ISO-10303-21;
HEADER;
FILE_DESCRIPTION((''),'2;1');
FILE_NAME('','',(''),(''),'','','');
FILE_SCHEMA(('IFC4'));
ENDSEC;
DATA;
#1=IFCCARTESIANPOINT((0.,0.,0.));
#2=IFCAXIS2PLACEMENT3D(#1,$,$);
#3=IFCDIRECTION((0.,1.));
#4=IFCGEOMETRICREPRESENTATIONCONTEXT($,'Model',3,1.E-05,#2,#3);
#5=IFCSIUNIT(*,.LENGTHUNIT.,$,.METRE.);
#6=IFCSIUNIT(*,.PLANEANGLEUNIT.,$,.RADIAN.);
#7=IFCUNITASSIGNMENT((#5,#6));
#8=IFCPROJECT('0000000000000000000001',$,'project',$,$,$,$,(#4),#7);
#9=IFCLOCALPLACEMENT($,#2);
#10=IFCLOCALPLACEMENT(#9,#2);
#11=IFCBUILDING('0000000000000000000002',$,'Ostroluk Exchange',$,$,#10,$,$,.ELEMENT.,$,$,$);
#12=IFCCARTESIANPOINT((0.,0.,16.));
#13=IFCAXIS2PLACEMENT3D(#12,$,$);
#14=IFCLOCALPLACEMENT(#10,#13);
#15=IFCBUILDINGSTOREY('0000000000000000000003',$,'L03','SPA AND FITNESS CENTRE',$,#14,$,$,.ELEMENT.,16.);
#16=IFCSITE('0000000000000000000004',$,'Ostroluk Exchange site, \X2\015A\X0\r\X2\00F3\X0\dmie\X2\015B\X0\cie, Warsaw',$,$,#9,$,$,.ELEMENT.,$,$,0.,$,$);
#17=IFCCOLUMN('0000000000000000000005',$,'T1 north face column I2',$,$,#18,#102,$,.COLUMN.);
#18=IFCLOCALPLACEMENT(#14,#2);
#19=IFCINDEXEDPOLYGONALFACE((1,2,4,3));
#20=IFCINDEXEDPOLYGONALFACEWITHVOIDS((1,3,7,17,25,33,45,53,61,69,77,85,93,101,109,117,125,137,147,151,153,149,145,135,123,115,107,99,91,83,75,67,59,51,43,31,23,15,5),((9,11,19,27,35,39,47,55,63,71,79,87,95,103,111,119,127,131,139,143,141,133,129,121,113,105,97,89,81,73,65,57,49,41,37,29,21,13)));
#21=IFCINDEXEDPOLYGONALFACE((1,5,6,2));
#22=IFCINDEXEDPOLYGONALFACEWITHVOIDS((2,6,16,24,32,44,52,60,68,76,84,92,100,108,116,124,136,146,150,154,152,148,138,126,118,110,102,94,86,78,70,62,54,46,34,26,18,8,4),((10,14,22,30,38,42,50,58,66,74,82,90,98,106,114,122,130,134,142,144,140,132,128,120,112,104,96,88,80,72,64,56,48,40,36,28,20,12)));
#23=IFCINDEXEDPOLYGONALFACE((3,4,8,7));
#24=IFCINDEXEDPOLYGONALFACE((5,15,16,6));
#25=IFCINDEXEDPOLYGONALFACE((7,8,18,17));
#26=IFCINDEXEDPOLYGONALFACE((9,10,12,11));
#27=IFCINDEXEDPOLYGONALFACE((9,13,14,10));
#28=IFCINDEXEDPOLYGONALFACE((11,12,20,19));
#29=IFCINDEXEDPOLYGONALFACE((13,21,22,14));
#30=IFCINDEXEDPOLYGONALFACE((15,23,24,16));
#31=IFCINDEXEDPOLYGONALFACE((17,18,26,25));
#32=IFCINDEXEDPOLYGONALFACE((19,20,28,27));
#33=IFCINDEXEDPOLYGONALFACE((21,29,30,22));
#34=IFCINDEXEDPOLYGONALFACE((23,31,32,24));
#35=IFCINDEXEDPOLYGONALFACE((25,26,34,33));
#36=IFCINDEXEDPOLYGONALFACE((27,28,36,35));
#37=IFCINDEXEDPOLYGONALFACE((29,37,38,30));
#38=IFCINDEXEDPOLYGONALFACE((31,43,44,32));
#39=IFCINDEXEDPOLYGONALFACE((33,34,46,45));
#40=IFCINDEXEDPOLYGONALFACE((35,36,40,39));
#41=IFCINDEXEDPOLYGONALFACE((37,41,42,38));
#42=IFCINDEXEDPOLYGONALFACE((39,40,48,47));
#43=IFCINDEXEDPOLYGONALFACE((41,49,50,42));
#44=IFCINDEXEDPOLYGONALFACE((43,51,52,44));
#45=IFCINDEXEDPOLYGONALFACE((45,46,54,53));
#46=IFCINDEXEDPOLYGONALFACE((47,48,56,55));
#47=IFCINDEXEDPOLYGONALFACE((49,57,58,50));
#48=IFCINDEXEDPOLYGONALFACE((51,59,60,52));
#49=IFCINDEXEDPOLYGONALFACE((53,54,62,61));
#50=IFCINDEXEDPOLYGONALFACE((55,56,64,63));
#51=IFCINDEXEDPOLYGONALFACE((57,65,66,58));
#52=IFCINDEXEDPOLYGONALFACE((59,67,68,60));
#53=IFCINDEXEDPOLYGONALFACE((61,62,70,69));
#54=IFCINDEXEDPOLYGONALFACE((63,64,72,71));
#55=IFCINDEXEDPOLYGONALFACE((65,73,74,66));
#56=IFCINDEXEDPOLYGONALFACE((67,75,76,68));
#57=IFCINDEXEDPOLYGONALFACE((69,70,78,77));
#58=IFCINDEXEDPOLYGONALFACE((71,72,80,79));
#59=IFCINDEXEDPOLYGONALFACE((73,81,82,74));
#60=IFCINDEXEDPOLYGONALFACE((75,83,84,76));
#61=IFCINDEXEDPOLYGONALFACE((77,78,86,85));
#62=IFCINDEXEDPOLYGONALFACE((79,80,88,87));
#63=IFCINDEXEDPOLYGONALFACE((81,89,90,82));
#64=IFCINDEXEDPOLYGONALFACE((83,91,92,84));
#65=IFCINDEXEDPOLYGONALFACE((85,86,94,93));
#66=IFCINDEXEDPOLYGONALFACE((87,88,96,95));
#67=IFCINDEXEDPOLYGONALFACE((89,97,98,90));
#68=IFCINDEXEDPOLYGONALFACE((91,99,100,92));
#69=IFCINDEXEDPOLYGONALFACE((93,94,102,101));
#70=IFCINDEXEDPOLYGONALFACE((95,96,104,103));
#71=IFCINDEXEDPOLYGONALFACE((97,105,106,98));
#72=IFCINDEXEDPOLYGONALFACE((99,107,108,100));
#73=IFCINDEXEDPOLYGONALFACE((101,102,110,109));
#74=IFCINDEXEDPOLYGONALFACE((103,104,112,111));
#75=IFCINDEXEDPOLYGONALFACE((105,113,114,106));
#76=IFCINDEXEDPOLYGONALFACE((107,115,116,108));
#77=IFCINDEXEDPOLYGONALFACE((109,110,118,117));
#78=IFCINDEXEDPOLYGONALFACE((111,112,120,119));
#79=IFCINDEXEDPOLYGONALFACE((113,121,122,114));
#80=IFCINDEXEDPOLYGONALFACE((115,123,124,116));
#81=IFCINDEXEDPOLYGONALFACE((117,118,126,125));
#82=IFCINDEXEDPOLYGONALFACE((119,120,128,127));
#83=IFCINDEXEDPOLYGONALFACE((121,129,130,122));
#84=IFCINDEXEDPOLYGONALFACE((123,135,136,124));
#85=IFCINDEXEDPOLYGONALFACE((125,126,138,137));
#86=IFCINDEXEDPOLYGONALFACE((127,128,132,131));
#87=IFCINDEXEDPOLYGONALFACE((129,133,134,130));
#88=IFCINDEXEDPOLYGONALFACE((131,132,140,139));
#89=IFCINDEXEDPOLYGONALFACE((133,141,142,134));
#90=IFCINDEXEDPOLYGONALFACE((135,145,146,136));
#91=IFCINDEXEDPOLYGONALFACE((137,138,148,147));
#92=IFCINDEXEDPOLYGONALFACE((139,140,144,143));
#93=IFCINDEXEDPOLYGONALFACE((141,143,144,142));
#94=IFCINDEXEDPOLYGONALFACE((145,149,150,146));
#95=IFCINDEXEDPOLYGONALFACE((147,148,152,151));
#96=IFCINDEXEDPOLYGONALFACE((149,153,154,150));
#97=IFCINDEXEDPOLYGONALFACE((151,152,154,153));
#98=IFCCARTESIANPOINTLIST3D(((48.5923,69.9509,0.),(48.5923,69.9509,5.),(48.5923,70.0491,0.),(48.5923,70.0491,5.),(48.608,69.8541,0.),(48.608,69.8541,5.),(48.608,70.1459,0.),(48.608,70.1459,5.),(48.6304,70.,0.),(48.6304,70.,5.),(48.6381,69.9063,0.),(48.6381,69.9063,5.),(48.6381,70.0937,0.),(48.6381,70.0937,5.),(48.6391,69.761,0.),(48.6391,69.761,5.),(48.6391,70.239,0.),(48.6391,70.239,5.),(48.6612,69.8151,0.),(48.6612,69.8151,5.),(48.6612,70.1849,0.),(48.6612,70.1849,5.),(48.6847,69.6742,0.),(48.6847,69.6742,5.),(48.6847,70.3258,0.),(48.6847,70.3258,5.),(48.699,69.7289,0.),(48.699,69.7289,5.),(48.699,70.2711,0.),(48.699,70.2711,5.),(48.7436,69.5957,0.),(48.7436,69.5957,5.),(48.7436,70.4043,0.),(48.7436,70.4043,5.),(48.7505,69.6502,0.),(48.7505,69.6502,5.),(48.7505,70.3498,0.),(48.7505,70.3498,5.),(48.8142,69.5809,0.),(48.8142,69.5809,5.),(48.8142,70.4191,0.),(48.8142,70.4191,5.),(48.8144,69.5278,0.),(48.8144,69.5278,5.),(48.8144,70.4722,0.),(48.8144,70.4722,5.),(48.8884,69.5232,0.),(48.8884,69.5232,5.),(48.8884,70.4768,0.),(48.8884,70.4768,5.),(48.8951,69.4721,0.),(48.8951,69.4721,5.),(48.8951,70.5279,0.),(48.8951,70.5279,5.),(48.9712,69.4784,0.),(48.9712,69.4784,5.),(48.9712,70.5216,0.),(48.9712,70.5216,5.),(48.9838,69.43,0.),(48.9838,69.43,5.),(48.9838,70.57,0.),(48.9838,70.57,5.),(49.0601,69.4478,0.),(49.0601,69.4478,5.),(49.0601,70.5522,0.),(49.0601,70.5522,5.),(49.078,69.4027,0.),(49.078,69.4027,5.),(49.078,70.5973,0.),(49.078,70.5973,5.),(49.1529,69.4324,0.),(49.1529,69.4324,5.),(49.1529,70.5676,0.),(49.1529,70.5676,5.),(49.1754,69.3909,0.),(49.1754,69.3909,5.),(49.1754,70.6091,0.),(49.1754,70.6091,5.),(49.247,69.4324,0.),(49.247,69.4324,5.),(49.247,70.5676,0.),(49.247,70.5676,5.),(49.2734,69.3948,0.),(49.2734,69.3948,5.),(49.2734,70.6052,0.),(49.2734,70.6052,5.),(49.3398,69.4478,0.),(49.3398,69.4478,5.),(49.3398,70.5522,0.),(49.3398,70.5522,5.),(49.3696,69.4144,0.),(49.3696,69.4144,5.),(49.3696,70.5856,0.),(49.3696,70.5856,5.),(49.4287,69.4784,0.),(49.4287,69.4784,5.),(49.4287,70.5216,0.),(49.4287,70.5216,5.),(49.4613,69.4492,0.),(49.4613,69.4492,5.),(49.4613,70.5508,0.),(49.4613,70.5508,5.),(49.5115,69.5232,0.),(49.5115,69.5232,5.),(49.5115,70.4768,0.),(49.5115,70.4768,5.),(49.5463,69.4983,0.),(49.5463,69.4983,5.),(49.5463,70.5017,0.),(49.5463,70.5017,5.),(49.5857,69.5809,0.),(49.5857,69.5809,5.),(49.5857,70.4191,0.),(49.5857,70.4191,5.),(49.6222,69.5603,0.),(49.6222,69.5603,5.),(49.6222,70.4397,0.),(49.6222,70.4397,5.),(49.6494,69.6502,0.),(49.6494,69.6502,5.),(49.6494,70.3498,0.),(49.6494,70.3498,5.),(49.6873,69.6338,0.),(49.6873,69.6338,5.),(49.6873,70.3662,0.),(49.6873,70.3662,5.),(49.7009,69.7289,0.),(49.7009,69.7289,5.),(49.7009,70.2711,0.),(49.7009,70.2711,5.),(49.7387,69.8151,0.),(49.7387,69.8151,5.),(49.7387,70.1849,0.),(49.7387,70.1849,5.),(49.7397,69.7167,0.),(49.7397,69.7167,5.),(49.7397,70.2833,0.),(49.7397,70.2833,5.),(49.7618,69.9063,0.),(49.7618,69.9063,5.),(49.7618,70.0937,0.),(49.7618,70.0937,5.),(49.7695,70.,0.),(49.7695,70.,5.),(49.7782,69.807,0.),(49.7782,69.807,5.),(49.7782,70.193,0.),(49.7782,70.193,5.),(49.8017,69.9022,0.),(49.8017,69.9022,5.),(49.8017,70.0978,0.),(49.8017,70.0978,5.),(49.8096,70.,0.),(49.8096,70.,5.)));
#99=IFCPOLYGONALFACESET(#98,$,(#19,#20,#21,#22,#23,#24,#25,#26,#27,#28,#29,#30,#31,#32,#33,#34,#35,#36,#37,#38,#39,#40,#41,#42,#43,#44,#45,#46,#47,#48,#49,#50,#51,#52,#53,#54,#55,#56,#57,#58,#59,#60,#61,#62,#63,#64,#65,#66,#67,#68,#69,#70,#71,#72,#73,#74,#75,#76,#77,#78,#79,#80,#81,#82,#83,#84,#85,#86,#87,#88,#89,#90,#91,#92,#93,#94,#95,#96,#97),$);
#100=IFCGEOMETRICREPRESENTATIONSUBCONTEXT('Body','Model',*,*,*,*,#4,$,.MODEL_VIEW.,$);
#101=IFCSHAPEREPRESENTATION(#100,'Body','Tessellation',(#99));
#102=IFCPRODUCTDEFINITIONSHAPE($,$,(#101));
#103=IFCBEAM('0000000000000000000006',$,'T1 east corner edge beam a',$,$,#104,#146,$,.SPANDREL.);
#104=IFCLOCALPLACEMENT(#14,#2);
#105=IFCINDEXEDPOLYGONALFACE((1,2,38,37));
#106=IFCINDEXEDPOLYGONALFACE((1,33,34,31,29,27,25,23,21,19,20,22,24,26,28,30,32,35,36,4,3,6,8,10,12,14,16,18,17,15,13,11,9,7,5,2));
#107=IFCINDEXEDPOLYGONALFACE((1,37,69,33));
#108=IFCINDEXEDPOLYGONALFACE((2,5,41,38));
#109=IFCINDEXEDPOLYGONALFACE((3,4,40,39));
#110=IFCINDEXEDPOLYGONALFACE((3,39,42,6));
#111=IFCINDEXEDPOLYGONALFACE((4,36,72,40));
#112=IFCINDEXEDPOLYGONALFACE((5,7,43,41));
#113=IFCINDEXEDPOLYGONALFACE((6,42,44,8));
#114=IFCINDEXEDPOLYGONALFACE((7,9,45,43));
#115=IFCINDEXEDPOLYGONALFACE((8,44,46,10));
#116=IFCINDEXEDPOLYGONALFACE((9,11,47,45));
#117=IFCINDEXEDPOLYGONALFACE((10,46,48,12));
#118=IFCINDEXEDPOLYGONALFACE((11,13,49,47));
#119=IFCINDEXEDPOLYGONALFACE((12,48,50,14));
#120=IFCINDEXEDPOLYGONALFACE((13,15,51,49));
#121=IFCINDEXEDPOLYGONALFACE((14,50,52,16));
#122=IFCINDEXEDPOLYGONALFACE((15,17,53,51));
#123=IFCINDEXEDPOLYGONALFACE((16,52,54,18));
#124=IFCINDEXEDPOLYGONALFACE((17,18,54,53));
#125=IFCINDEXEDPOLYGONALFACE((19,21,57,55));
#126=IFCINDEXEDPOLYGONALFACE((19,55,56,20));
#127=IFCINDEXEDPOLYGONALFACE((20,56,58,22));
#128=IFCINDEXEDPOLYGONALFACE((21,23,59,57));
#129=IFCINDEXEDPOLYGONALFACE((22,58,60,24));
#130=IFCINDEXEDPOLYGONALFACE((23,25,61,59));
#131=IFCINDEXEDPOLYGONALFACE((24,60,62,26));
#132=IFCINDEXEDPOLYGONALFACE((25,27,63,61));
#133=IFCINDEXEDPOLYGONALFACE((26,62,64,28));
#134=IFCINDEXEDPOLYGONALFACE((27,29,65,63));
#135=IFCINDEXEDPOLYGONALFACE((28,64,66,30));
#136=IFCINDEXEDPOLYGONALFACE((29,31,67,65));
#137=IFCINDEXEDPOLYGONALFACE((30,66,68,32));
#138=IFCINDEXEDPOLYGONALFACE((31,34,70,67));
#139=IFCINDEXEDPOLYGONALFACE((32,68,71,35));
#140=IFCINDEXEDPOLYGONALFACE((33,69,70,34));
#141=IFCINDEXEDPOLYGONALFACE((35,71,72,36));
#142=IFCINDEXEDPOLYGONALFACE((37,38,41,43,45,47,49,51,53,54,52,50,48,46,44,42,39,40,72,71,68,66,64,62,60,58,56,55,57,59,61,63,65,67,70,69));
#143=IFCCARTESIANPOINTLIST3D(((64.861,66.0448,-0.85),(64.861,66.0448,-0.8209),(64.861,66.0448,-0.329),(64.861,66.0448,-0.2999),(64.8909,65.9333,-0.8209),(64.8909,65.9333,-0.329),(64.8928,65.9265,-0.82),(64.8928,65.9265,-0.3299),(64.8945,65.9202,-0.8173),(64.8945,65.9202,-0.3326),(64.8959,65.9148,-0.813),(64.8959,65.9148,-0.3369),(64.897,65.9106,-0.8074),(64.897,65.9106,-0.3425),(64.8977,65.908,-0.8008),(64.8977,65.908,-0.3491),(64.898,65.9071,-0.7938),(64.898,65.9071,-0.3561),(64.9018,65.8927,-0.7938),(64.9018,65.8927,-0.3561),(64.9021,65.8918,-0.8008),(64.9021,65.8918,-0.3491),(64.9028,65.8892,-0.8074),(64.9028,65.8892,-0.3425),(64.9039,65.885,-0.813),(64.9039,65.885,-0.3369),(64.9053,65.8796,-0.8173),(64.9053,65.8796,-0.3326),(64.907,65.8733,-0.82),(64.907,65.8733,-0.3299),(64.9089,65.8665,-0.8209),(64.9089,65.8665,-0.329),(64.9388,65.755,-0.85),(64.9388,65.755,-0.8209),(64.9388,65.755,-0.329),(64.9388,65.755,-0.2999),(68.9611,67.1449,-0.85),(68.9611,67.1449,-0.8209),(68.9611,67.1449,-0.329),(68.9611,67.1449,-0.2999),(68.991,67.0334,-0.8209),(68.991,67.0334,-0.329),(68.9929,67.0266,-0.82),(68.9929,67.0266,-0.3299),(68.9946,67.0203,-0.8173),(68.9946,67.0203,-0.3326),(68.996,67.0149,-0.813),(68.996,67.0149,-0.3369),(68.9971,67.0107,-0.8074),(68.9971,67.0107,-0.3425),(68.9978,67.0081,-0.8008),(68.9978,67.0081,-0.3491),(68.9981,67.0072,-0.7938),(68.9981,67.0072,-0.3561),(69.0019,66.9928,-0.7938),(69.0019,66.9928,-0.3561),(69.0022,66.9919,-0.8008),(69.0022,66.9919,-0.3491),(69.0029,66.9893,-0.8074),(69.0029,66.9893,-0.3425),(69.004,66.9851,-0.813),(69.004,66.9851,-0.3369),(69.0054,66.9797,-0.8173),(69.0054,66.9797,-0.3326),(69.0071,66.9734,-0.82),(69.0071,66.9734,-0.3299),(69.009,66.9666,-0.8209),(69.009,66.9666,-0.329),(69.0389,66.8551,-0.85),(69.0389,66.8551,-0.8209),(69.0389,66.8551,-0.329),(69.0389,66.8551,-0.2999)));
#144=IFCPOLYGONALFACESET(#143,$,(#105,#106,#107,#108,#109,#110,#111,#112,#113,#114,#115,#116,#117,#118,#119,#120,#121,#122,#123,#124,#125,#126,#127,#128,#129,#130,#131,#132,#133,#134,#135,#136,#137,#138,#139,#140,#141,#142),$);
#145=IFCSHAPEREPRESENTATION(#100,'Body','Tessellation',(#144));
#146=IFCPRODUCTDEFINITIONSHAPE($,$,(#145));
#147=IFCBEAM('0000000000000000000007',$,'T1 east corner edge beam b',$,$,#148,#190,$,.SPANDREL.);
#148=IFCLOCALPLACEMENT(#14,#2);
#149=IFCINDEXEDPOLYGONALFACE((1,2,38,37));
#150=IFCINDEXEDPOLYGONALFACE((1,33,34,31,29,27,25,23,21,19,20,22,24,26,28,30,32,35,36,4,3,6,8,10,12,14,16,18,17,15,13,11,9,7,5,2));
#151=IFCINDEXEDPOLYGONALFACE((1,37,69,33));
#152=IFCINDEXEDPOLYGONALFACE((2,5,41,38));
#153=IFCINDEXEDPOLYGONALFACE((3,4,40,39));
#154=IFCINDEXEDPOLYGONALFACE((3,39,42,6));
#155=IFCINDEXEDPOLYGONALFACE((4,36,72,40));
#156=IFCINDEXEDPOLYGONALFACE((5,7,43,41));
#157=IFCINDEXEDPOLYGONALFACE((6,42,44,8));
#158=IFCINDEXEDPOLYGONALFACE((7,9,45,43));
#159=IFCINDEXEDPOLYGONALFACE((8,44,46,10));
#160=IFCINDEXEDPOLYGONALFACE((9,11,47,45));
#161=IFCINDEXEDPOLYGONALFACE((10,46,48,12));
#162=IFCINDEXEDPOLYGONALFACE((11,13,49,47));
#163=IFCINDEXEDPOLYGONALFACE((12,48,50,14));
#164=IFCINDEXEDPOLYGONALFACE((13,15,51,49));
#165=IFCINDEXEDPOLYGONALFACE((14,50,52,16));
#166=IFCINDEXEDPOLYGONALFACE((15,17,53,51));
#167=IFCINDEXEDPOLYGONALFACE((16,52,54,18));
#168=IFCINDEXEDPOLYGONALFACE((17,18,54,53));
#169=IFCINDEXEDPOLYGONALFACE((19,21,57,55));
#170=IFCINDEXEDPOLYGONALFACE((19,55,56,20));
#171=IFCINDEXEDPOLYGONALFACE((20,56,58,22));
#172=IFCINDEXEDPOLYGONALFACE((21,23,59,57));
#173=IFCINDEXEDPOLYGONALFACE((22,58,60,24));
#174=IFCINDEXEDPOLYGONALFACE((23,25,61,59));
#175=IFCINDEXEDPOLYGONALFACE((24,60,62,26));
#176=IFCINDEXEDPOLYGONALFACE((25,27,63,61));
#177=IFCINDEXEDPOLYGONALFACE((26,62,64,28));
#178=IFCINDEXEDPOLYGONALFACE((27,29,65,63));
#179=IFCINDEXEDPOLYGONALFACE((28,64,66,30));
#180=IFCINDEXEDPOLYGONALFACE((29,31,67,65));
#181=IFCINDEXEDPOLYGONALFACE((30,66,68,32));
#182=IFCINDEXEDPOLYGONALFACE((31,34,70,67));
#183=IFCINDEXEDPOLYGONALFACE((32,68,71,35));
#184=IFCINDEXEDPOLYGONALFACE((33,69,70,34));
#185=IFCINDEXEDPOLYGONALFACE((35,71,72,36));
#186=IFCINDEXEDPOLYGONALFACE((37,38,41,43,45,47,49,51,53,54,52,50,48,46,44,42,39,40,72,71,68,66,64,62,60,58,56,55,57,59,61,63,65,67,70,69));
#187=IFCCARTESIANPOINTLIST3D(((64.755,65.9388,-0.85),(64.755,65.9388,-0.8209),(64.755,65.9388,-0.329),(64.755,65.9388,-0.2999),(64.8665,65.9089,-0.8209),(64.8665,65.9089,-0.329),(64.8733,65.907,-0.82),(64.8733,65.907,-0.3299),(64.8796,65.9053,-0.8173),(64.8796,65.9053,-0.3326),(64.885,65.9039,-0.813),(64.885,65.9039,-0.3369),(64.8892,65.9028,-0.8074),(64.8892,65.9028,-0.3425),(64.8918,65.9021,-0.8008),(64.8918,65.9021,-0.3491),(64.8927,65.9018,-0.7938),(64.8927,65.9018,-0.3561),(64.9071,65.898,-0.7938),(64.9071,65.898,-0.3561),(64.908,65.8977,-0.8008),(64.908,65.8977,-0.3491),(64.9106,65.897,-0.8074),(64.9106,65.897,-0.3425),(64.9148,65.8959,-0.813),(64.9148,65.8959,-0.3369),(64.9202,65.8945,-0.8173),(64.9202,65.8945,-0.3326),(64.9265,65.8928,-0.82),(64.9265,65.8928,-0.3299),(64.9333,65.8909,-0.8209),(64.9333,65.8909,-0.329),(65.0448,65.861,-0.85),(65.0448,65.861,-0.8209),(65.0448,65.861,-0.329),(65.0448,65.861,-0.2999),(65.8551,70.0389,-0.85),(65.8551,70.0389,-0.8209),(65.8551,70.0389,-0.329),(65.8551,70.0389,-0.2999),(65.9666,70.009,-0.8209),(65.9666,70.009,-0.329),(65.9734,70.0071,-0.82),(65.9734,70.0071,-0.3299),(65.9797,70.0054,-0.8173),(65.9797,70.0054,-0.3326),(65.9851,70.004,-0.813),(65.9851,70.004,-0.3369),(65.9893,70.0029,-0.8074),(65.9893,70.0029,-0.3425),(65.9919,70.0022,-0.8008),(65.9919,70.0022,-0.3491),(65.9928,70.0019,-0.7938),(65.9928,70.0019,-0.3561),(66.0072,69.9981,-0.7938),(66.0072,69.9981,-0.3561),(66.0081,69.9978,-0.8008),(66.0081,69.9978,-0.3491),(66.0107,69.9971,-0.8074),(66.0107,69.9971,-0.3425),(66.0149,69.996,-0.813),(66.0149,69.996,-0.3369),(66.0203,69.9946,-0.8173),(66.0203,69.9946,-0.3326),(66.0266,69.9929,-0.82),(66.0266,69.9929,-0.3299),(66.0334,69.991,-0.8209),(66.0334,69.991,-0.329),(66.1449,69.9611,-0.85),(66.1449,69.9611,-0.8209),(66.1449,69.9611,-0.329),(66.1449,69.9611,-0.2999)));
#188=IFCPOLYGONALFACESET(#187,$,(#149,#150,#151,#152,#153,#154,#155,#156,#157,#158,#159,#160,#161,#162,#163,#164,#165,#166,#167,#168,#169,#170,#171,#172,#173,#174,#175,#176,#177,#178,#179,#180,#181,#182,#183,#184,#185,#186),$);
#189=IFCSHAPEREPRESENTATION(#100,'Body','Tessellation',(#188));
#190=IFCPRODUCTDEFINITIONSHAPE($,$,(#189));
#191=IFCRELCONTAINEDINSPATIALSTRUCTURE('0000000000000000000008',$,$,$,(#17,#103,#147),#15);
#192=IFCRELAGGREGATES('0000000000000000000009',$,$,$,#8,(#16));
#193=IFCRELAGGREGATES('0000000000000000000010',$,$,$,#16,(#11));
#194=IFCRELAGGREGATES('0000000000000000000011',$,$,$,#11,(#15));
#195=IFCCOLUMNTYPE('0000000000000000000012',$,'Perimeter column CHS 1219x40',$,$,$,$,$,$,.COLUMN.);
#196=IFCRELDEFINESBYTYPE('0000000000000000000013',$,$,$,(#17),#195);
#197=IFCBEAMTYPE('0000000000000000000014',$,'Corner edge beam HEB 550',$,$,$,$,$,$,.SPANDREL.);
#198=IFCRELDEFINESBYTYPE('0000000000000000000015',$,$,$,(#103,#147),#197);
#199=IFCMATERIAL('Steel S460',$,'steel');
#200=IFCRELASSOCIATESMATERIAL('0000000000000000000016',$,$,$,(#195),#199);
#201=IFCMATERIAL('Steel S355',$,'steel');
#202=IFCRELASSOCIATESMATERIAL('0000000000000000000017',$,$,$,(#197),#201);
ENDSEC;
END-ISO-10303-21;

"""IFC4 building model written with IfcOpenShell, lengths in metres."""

from ifc_helpers import new_model, si_unit, direction, frame, origin, origin_2d, place, context, subcontext, project, spatial, hollow_circle, i_section, extrude, material, material_profile, profile_set, type_object, element, save


model = new_model("IFC4")

# Units and contexts
model_context = context("Model", 3, precision=1e-05, world=origin(), true_north=direction((0.0, 1.0)))
body_context = subcontext(model_context, "Body", "Model", "MODEL_VIEW")
ifc_project = project(units=[si_unit("LENGTHUNIT", "METRE"), si_unit("PLANEANGLEUNIT", "RADIAN")], contexts=[model_context])

# Site, building, storey
site_placement = place(None, origin())
site = spatial("IfcSite", under=ifc_project, at=site_placement, Name="Ostroluk Exchange site, Śródmieście, Warsaw", CompositionType="ELEMENT", RefElevation=0.0)
building_placement = place(site_placement, origin())
building = spatial("IfcBuilding", under=site, at=building_placement, Name="Ostroluk Exchange", CompositionType="ELEMENT")
storey_placement = place(building_placement, frame((0.0, 0.0, 16.0)))
storey = spatial("IfcBuildingStorey", under=building, at=storey_placement, Name="L03", Description="SPA AND FITNESS CENTRE", CompositionType="ELEMENT", Elevation=16.0)

# Column
ifc_material_1 = material(Name="Steel S460", Category="steel")
ifc_material_profile_1 = material_profile(ifc_material_1, hollow_circle(Radius=0.6096, WallThickness=0.04, at=origin_2d()), Name="CHS 1219x40")
ifc_profile_set_1 = profile_set([ifc_material_profile_1], Name="Steel S460")
column_type_1 = type_object("IfcColumnType", Name="Perimeter column CHS 1219x40", PredefinedType="COLUMN", material=ifc_profile_set_1)
for number, where, z_axis, x_axis, name in (
    (1, (49.2, 70.0, 0.0), (0.0, 0.0, 1.0), (1.0, 0.0, 0.0), "T1 north face column I2"),
):
    element("IfcColumn", number, at=place(storey_placement, frame(where, z_axis=z_axis, x_axis=x_axis)), inside=storey, type_object=column_type_1, Name=name, PredefinedType="COLUMN", context=body_context, shape_type="SweptSolid", body=[
        extrude(hollow_circle(Radius=0.6096, WallThickness=0.04, at=origin_2d()), origin(), (0.0, 0.0, 1.0), 5.0),
    ])

# Beams
ifc_material_2 = material(Name="Steel S355", Category="steel")
ifc_material_profile_2 = material_profile(ifc_material_2, i_section(OverallWidth=0.3, OverallDepth=0.55, WebThickness=0.0149, FlangeThickness=0.0291, FilletRadius=0.0271, at=origin_2d()), Name="HEB 550")
ifc_profile_set_2 = profile_set([ifc_material_profile_2], Name="Steel S355")
beam_type_1 = type_object("IfcBeamType", Name="Corner edge beam HEB 550", PredefinedType="SPANDREL", material=ifc_profile_set_2)
for number, where, z_axis, x_axis, name in (
    (2, (64.8999, 65.8999, -0.575), (0.965839, 0.259144, 0.0), (-0.259144, 0.965839, 0.0), "T1 east corner edge beam a"),
    (3, (64.8999, 65.8999, -0.575), (0.259144, 0.965839, 0.0), (-0.965839, 0.259144, 0.0), "T1 east corner edge beam b"),
):
    element("IfcBeam", number, at=place(storey_placement, frame(where, z_axis=z_axis, x_axis=x_axis)), inside=storey, type_object=beam_type_1, Name=name, PredefinedType="SPANDREL", context=body_context, shape_type="SweptSolid", body=[
        extrude(i_section(OverallWidth=0.3, OverallDepth=0.55, WebThickness=0.0149, FlangeThickness=0.0291, FilletRadius=0.0271, at=origin_2d()), origin(), (0.0, 0.0, 1.0), 4.2451),
    ])

save(model, "model.ifc")
